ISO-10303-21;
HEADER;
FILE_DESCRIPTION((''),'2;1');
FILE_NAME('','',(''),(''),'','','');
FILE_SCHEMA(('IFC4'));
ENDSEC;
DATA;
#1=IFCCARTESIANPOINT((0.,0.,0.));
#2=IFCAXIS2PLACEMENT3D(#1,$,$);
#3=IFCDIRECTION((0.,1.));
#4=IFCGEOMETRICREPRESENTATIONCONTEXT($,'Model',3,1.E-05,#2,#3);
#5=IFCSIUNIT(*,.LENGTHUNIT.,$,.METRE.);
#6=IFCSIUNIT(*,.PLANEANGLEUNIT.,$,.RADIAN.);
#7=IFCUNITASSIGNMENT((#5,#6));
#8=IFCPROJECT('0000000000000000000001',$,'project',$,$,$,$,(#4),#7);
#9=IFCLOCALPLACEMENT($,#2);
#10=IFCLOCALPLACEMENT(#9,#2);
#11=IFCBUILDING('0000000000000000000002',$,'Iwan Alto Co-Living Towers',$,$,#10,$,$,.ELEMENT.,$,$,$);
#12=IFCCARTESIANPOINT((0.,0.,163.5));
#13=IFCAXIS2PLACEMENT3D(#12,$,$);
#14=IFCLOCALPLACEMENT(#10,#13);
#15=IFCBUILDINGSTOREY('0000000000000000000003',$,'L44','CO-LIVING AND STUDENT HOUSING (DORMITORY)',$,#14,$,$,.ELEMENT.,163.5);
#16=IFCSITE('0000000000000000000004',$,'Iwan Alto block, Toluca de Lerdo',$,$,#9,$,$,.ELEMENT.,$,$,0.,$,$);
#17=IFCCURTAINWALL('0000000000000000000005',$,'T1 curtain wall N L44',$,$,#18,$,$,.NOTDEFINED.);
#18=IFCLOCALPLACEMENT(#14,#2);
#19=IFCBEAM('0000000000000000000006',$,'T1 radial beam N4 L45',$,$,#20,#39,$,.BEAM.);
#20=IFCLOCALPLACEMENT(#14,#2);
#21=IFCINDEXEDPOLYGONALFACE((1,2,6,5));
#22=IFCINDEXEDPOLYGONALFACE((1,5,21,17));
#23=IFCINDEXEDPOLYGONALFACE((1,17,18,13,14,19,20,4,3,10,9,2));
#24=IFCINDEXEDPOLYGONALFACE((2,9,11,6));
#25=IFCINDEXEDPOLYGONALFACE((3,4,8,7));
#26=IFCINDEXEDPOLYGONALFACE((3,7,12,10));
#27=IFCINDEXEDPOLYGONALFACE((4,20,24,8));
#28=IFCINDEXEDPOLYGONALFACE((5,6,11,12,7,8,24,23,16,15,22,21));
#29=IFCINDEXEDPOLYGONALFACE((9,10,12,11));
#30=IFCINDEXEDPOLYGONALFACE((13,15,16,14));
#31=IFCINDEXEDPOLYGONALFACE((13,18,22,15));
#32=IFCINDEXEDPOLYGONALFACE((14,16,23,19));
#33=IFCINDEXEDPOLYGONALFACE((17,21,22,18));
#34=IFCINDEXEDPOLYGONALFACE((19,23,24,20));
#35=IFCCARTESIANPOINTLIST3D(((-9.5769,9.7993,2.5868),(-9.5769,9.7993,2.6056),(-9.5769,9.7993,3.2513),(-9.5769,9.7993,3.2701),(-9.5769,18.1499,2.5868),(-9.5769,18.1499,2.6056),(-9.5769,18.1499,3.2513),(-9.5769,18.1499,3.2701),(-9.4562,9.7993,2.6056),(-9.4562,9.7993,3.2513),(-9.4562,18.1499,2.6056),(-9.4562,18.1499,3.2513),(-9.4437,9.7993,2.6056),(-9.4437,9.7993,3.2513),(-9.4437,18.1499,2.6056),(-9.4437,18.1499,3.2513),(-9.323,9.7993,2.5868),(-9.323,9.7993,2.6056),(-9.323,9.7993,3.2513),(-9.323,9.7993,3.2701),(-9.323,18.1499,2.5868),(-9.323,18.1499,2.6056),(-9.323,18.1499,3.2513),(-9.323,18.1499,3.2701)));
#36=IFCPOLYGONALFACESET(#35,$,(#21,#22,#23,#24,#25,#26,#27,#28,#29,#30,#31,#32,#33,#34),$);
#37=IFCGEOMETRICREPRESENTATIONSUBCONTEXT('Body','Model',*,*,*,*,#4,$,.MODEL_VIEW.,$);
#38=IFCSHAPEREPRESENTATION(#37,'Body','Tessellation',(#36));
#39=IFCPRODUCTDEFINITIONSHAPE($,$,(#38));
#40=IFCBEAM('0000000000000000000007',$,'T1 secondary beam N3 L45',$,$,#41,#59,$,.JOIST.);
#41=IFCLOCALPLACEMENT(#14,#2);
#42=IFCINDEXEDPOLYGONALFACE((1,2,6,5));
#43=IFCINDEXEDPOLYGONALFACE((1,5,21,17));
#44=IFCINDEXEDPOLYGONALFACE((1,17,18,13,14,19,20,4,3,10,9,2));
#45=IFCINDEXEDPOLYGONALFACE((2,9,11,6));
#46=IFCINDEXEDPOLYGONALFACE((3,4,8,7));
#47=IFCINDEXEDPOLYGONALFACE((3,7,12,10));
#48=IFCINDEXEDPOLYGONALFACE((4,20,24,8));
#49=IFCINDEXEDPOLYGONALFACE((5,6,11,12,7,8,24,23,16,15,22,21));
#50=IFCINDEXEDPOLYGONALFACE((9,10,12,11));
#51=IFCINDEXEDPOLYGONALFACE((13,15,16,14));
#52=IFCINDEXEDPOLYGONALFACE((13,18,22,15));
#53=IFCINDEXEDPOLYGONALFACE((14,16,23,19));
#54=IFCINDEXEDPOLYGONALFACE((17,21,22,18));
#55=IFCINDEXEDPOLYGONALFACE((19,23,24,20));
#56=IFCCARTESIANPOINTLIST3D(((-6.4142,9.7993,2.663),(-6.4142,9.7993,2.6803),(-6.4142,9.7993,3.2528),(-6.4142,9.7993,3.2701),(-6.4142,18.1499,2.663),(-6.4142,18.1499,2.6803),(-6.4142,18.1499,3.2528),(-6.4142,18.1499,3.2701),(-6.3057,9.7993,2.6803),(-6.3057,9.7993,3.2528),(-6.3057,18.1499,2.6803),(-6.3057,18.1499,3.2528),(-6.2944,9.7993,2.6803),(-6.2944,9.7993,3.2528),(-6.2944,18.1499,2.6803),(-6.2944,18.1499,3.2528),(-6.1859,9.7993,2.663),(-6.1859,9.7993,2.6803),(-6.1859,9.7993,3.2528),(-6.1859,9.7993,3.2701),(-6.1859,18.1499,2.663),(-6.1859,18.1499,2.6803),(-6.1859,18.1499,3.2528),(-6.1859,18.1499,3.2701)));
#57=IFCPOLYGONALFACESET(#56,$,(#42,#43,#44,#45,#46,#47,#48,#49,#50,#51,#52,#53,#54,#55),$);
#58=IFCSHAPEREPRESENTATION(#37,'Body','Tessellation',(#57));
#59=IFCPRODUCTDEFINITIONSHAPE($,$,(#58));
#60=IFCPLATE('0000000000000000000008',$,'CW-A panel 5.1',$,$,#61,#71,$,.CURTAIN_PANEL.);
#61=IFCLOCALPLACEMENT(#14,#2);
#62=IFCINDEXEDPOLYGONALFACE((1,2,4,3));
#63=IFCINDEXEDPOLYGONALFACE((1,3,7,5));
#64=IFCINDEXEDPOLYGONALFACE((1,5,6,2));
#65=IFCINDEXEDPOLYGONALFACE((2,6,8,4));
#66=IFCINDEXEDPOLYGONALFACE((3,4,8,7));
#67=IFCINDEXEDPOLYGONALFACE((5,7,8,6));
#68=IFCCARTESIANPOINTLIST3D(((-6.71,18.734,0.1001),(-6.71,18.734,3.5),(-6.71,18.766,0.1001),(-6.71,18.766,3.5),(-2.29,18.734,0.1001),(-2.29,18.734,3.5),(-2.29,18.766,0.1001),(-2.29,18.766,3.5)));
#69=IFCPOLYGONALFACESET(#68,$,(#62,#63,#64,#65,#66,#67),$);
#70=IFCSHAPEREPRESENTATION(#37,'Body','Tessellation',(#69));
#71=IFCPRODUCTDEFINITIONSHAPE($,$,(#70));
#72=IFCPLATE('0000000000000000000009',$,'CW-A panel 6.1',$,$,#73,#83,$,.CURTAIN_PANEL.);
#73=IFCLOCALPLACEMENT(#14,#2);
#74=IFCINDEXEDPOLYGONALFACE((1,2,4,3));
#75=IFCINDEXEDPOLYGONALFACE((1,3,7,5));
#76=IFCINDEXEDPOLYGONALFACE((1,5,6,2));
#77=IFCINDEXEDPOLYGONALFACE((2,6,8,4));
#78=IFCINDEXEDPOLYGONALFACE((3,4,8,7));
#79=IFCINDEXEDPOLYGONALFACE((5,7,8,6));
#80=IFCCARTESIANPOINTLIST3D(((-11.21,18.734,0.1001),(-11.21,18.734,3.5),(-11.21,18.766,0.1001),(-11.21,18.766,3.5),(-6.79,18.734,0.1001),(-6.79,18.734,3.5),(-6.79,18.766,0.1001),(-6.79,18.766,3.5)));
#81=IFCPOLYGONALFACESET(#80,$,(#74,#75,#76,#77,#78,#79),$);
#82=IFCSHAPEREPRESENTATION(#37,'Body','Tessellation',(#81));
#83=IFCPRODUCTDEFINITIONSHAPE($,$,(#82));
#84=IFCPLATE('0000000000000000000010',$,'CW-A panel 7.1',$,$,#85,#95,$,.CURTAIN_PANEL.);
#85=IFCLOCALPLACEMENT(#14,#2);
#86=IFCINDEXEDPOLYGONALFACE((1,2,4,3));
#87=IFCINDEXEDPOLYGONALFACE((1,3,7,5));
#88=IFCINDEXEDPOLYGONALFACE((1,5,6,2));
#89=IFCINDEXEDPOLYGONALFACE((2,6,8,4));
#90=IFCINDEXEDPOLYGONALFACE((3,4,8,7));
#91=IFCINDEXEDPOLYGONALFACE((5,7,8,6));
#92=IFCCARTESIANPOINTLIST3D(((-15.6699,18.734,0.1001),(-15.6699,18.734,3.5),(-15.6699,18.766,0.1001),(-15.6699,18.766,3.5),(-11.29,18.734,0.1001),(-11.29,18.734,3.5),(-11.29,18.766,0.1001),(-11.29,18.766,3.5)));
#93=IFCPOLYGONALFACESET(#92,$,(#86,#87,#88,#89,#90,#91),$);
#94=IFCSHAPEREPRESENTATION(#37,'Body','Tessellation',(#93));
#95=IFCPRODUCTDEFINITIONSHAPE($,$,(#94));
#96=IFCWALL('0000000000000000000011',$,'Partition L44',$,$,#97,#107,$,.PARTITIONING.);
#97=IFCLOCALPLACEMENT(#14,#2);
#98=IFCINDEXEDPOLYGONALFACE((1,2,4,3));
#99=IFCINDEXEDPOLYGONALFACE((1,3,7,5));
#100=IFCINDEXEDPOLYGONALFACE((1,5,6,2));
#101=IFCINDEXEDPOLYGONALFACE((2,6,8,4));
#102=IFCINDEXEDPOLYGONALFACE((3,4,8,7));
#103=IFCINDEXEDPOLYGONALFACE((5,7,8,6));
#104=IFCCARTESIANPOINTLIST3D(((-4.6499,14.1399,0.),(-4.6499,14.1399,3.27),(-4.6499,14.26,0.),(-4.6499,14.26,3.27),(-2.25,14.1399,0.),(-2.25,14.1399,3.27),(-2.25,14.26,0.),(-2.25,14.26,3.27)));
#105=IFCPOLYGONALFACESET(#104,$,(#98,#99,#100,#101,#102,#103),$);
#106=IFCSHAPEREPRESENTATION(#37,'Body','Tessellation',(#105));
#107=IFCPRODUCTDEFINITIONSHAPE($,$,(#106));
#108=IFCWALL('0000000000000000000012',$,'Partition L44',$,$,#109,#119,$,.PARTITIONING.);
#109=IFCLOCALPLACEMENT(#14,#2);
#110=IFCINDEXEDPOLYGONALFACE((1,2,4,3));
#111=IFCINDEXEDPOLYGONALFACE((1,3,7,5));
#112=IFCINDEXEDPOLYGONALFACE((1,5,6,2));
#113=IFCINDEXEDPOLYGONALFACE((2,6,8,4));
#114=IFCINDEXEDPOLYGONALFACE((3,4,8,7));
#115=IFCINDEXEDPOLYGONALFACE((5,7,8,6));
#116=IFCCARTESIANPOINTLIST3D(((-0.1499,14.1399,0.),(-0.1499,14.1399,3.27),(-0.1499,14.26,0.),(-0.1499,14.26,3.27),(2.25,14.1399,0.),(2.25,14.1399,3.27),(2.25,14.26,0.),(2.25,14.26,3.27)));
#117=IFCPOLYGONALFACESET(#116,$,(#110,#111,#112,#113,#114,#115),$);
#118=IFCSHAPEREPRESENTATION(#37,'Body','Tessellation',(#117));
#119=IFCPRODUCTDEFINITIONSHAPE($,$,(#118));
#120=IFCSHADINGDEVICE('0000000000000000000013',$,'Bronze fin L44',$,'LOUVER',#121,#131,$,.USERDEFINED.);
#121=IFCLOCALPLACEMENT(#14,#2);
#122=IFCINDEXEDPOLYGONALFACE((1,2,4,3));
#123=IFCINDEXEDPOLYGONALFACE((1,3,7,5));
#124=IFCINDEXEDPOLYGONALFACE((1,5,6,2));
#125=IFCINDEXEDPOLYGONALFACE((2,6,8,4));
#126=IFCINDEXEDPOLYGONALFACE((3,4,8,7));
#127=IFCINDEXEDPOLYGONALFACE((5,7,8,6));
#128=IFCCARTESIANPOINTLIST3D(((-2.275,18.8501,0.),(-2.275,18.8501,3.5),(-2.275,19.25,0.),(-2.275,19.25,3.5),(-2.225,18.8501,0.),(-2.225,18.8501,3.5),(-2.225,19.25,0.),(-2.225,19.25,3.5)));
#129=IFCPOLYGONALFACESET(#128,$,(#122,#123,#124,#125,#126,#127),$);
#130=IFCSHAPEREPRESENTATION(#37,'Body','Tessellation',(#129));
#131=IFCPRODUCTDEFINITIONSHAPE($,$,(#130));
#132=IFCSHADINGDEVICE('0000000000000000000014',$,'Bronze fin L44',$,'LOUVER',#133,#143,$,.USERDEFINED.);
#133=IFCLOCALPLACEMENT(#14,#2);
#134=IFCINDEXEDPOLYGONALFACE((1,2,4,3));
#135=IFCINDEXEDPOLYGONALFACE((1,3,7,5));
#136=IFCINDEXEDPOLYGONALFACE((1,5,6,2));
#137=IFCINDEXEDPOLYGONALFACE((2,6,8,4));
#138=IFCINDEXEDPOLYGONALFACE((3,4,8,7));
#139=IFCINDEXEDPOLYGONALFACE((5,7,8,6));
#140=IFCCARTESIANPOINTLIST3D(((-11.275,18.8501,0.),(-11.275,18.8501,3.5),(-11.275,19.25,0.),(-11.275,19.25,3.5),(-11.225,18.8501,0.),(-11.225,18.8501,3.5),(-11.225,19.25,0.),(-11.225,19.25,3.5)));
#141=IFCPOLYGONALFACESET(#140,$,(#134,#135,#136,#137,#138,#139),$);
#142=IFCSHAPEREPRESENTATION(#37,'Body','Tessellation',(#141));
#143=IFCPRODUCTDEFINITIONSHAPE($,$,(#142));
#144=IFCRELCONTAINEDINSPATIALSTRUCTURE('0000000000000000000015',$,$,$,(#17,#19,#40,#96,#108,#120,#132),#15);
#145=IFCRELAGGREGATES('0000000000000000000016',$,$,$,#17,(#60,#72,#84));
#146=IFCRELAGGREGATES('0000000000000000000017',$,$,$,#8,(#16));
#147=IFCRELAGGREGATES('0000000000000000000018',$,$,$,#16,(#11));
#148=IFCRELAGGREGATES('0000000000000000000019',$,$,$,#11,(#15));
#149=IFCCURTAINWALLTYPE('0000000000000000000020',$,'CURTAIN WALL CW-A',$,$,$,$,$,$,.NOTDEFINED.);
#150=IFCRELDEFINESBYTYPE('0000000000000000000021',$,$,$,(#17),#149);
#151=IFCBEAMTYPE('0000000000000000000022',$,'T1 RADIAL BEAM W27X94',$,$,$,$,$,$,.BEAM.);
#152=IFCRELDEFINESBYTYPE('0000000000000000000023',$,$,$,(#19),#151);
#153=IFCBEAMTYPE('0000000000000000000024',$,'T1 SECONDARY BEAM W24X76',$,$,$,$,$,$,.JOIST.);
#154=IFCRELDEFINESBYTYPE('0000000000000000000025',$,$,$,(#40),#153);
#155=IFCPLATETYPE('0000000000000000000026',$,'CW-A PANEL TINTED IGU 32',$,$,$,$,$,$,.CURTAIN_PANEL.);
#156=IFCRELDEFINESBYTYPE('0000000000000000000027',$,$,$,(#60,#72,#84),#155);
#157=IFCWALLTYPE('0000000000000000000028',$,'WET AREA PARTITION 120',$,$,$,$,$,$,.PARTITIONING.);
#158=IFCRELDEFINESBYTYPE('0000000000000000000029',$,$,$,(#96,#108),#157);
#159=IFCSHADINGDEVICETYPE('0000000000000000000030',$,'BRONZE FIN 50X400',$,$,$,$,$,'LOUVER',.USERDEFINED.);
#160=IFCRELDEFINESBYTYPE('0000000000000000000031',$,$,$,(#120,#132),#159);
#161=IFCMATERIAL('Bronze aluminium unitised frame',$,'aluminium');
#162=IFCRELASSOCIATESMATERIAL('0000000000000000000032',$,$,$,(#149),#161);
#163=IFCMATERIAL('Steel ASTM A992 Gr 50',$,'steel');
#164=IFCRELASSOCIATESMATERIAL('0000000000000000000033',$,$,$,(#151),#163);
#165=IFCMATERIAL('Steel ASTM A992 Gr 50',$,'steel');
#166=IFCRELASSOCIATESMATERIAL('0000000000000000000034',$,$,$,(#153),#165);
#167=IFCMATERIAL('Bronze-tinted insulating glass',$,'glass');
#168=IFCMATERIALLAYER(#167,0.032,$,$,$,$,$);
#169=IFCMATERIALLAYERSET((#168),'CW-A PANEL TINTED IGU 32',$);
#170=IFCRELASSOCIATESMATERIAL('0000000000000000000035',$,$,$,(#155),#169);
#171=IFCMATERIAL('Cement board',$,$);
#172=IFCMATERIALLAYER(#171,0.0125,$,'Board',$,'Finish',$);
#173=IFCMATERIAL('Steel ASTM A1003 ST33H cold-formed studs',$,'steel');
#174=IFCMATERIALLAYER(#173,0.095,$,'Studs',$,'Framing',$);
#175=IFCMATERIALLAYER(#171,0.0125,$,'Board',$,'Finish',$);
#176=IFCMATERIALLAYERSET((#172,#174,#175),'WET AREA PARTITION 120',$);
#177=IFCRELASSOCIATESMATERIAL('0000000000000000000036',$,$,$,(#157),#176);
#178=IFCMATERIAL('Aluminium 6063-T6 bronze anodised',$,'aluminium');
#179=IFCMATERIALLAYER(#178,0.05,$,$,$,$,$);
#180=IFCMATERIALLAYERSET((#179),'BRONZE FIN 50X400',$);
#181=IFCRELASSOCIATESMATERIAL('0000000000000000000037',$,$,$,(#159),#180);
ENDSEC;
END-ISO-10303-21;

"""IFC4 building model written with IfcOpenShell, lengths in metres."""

from ifc_helpers import new_model, si_unit, direction, frame, frame_2d, origin, origin_2d, place, context, subcontext, project, spatial, rectangle, i_section, extrude, material, layer, layer_set, material_profile, profile_set, type_object, element, aggregate, save


model = new_model("IFC4")

# Units and contexts
model_context = context("Model", 3, precision=1e-05, world=origin(), true_north=direction((0.0, 1.0)))
body_context = subcontext(model_context, "Body", "Model", "MODEL_VIEW")
ifc_project = project(units=[si_unit("LENGTHUNIT", "METRE"), si_unit("PLANEANGLEUNIT", "RADIAN")], contexts=[model_context])

# Site, building, storey
site_placement = place(None, origin())
site = spatial("IfcSite", under=ifc_project, at=site_placement, Name="Iwan Alto block, Toluca de Lerdo", CompositionType="ELEMENT", RefElevation=0.0)
building_placement = place(site_placement, origin())
building = spatial("IfcBuilding", under=site, at=building_placement, Name="Iwan Alto Co-Living Towers", CompositionType="ELEMENT")
storey_placement = place(building_placement, frame((0.0, 0.0, 163.5)))
storey = spatial("IfcBuildingStorey", under=building, at=storey_placement, Name="L44", Description="CO-LIVING AND STUDENT HOUSING (DORMITORY)", CompositionType="ELEMENT", Elevation=163.5)

# Curtain wall
ifc_material_1 = material(Name="Bronze aluminium unitised frame", Category="aluminium")
curtain_wall_type = type_object("IfcCurtainWallType", Name="CURTAIN WALL CW-A", PredefinedType="NOTDEFINED", material=ifc_material_1)
curtain_wall_placement = place(storey_placement, origin())
curtain_wall = element("IfcCurtainWall", 1, at=curtain_wall_placement, inside=storey, type_object=curtain_wall_type, Name="T1 curtain wall N L44", PredefinedType="NOTDEFINED")

# Beams
ifc_material_2 = material(Name="Steel ASTM A992 Gr 50", Category="steel")
ifc_material_profile_1 = material_profile(ifc_material_2, i_section(OverallWidth=0.2539, OverallDepth=0.6833, WebThickness=0.0125, FlangeThickness=0.0188, at=origin_2d()), Name="W27X94")
ifc_profile_set_1 = profile_set([ifc_material_profile_1], Name="Steel ASTM A992 Gr 50")
beam_type_1 = type_object("IfcBeamType", Name="T1 RADIAL BEAM W27X94", PredefinedType="BEAM", material=ifc_profile_set_1)
for number, where, z_axis, x_axis, name in (
    (2, (-9.45, 18.1499, 2.9285), (0.0, -1.0, 0.0), (1.0, 0.0, 0.0), "T1 radial beam N4 L45"),
):
    element("IfcBeam", number, at=place(storey_placement, frame(where, z_axis=z_axis, x_axis=x_axis)), inside=storey, type_object=beam_type_1, Name=name, PredefinedType="BEAM", context=body_context, shape_type="SweptSolid", body=[
        extrude(i_section(OverallWidth=0.2539, OverallDepth=0.6833, WebThickness=0.0125, FlangeThickness=0.0188, at=origin_2d()), origin(), (0.0, 0.0, 1.0), 8.3506),
    ])
ifc_material_3 = material(Name="Steel ASTM A992 Gr 50", Category="steel")
ifc_material_profile_2 = material_profile(ifc_material_3, i_section(OverallWidth=0.2283, OverallDepth=0.6072, WebThickness=0.0112, FlangeThickness=0.0173, at=origin_2d()), Name="W24X76")
ifc_profile_set_2 = profile_set([ifc_material_profile_2], Name="Steel ASTM A992 Gr 50")
beam_type_2 = type_object("IfcBeamType", Name="T1 SECONDARY BEAM W24X76", PredefinedType="JOIST", material=ifc_profile_set_2)
beam_1_placement = place(storey_placement, frame((-6.3, 18.1499, 2.9666), z_axis=(0.0, -1.0, 0.0), x_axis=(1.0, 0.0, 0.0)))
element("IfcBeam", 3, at=beam_1_placement, inside=storey, type_object=beam_type_2, Name="T1 secondary beam N3 L45", PredefinedType="JOIST", context=body_context, shape_type="SweptSolid", body=[
    extrude(i_section(OverallWidth=0.2283, OverallDepth=0.6072, WebThickness=0.0112, FlangeThickness=0.0173, at=origin_2d()), origin(), (0.0, 0.0, 1.0), 8.3506),
])

# Plates
ifc_material_4 = material(Name="Bronze-tinted insulating glass", Category="glass")
ifc_layer_1 = layer(ifc_material_4, 0.032)
ifc_layer_set_1 = layer_set([ifc_layer_1], Name="CW-A PANEL TINTED IGU 32")
plate_type = type_object("IfcPlateType", Name="CW-A PANEL TINTED IGU 32", PredefinedType="CURTAIN_PANEL", material=ifc_layer_set_1)
plate_1_placement = place(storey_placement, frame((-4.5, 18.75, 0.1001), z_axis=(0.0, 0.0, 1.0), x_axis=(-1.0, 0.0, 0.0)))
plate_1 = element("IfcPlate", 4, at=plate_1_placement, type_object=plate_type, Name="CW-A panel 5.1", PredefinedType="CURTAIN_PANEL", context=body_context, shape_type="SweptSolid", body=[
    extrude(rectangle(XDim=4.4199, YDim=0.032, at=origin_2d()), origin(), (0.0, 0.0, 1.0), 3.3999),
])
plate_2_placement = place(storey_placement, frame((-9.0, 18.75, 0.1001), z_axis=(0.0, 0.0, 1.0), x_axis=(-1.0, 0.0, 0.0)))
plate_2 = element("IfcPlate", 5, at=plate_2_placement, type_object=plate_type, Name="CW-A panel 6.1", PredefinedType="CURTAIN_PANEL", context=body_context, shape_type="SweptSolid", body=[
    extrude(rectangle(XDim=4.4199, YDim=0.032, at=origin_2d()), origin(), (0.0, 0.0, 1.0), 3.3999),
])
plate_3_placement = place(storey_placement, frame((-13.48, 18.75, 0.1001), z_axis=(0.0, 0.0, 1.0), x_axis=(-1.0, 0.0, 0.0)))
plate_3 = element("IfcPlate", 6, at=plate_3_placement, type_object=plate_type, Name="CW-A panel 7.1", PredefinedType="CURTAIN_PANEL", context=body_context, shape_type="SweptSolid", body=[
    extrude(rectangle(XDim=4.3799, YDim=0.032, at=origin_2d()), origin(), (0.0, 0.0, 1.0), 3.3999),
])
aggregate(curtain_wall, [plate_1, plate_2, plate_3])

# Walls
ifc_material_5 = material(Name="Cement board")
ifc_layer_2 = layer(ifc_material_5, 0.0125, Name="Board", Category="Finish")
ifc_material_6 = material(Name="Steel ASTM A1003 ST33H cold-formed studs", Category="steel")
ifc_layer_3 = layer(ifc_material_6, 0.095, Name="Studs", Category="Framing")
ifc_layer_4 = layer(ifc_material_5, 0.0125, Name="Board", Category="Finish")
ifc_layer_set_2 = layer_set([ifc_layer_2, ifc_layer_3, ifc_layer_4], Name="WET AREA PARTITION 120")
wall_type = type_object("IfcWallType", Name="WET AREA PARTITION 120", PredefinedType="PARTITIONING", material=ifc_layer_set_2)
for number, where, z_axis, x_axis, name in (
    (7, (-4.6499, 14.2, 0.0), (0.0, 0.0, 1.0), (1.0, 0.0, 0.0), "Partition L44"),
    (8, (-0.1499, 14.2, 0.0), (0.0, 0.0, 1.0), (1.0, 0.0, 0.0), "Partition L44"),
):
    element("IfcWall", number, at=place(storey_placement, frame(where, z_axis=z_axis, x_axis=x_axis)), inside=storey, type_object=wall_type, Name=name, PredefinedType="PARTITIONING", context=body_context, shape_type="SweptSolid", body=[
        extrude(rectangle(XDim=2.3999, YDim=0.1201, at=frame_2d((1.2, 0.0))), origin(), (0.0, 0.0, 1.0), 3.27),
    ])

# Shading devices
ifc_material_7 = material(Name="Aluminium 6063-T6 bronze anodised", Category="aluminium")
ifc_layer_5 = layer(ifc_material_7, 0.05)
ifc_layer_set_3 = layer_set([ifc_layer_5], Name="BRONZE FIN 50X400")
shading_device_type = type_object("IfcShadingDeviceType", Name="BRONZE FIN 50X400", ElementType="LOUVER", PredefinedType="USERDEFINED", material=ifc_layer_set_3)
for number, where, z_axis, x_axis, name in (
    (9, (-2.25, 19.05, 0.0), (0.0, 0.0, 1.0), (-1.0, 0.0, 0.0), "Bronze fin L44"),
    (10, (-11.25, 19.05, 0.0), (0.0, 0.0, 1.0), (-1.0, 0.0, 0.0), "Bronze fin L44"),
):
    element("IfcShadingDevice", number, at=place(storey_placement, frame(where, z_axis=z_axis, x_axis=x_axis)), inside=storey, type_object=shading_device_type, Name=name, ObjectType="LOUVER", PredefinedType="USERDEFINED", context=body_context, shape_type="SweptSolid", body=[
        extrude(rectangle(XDim=0.05, YDim=0.3999, at=origin_2d()), origin(), (0.0, 0.0, 1.0), 3.5),
    ])

save(model, "model.ifc")
